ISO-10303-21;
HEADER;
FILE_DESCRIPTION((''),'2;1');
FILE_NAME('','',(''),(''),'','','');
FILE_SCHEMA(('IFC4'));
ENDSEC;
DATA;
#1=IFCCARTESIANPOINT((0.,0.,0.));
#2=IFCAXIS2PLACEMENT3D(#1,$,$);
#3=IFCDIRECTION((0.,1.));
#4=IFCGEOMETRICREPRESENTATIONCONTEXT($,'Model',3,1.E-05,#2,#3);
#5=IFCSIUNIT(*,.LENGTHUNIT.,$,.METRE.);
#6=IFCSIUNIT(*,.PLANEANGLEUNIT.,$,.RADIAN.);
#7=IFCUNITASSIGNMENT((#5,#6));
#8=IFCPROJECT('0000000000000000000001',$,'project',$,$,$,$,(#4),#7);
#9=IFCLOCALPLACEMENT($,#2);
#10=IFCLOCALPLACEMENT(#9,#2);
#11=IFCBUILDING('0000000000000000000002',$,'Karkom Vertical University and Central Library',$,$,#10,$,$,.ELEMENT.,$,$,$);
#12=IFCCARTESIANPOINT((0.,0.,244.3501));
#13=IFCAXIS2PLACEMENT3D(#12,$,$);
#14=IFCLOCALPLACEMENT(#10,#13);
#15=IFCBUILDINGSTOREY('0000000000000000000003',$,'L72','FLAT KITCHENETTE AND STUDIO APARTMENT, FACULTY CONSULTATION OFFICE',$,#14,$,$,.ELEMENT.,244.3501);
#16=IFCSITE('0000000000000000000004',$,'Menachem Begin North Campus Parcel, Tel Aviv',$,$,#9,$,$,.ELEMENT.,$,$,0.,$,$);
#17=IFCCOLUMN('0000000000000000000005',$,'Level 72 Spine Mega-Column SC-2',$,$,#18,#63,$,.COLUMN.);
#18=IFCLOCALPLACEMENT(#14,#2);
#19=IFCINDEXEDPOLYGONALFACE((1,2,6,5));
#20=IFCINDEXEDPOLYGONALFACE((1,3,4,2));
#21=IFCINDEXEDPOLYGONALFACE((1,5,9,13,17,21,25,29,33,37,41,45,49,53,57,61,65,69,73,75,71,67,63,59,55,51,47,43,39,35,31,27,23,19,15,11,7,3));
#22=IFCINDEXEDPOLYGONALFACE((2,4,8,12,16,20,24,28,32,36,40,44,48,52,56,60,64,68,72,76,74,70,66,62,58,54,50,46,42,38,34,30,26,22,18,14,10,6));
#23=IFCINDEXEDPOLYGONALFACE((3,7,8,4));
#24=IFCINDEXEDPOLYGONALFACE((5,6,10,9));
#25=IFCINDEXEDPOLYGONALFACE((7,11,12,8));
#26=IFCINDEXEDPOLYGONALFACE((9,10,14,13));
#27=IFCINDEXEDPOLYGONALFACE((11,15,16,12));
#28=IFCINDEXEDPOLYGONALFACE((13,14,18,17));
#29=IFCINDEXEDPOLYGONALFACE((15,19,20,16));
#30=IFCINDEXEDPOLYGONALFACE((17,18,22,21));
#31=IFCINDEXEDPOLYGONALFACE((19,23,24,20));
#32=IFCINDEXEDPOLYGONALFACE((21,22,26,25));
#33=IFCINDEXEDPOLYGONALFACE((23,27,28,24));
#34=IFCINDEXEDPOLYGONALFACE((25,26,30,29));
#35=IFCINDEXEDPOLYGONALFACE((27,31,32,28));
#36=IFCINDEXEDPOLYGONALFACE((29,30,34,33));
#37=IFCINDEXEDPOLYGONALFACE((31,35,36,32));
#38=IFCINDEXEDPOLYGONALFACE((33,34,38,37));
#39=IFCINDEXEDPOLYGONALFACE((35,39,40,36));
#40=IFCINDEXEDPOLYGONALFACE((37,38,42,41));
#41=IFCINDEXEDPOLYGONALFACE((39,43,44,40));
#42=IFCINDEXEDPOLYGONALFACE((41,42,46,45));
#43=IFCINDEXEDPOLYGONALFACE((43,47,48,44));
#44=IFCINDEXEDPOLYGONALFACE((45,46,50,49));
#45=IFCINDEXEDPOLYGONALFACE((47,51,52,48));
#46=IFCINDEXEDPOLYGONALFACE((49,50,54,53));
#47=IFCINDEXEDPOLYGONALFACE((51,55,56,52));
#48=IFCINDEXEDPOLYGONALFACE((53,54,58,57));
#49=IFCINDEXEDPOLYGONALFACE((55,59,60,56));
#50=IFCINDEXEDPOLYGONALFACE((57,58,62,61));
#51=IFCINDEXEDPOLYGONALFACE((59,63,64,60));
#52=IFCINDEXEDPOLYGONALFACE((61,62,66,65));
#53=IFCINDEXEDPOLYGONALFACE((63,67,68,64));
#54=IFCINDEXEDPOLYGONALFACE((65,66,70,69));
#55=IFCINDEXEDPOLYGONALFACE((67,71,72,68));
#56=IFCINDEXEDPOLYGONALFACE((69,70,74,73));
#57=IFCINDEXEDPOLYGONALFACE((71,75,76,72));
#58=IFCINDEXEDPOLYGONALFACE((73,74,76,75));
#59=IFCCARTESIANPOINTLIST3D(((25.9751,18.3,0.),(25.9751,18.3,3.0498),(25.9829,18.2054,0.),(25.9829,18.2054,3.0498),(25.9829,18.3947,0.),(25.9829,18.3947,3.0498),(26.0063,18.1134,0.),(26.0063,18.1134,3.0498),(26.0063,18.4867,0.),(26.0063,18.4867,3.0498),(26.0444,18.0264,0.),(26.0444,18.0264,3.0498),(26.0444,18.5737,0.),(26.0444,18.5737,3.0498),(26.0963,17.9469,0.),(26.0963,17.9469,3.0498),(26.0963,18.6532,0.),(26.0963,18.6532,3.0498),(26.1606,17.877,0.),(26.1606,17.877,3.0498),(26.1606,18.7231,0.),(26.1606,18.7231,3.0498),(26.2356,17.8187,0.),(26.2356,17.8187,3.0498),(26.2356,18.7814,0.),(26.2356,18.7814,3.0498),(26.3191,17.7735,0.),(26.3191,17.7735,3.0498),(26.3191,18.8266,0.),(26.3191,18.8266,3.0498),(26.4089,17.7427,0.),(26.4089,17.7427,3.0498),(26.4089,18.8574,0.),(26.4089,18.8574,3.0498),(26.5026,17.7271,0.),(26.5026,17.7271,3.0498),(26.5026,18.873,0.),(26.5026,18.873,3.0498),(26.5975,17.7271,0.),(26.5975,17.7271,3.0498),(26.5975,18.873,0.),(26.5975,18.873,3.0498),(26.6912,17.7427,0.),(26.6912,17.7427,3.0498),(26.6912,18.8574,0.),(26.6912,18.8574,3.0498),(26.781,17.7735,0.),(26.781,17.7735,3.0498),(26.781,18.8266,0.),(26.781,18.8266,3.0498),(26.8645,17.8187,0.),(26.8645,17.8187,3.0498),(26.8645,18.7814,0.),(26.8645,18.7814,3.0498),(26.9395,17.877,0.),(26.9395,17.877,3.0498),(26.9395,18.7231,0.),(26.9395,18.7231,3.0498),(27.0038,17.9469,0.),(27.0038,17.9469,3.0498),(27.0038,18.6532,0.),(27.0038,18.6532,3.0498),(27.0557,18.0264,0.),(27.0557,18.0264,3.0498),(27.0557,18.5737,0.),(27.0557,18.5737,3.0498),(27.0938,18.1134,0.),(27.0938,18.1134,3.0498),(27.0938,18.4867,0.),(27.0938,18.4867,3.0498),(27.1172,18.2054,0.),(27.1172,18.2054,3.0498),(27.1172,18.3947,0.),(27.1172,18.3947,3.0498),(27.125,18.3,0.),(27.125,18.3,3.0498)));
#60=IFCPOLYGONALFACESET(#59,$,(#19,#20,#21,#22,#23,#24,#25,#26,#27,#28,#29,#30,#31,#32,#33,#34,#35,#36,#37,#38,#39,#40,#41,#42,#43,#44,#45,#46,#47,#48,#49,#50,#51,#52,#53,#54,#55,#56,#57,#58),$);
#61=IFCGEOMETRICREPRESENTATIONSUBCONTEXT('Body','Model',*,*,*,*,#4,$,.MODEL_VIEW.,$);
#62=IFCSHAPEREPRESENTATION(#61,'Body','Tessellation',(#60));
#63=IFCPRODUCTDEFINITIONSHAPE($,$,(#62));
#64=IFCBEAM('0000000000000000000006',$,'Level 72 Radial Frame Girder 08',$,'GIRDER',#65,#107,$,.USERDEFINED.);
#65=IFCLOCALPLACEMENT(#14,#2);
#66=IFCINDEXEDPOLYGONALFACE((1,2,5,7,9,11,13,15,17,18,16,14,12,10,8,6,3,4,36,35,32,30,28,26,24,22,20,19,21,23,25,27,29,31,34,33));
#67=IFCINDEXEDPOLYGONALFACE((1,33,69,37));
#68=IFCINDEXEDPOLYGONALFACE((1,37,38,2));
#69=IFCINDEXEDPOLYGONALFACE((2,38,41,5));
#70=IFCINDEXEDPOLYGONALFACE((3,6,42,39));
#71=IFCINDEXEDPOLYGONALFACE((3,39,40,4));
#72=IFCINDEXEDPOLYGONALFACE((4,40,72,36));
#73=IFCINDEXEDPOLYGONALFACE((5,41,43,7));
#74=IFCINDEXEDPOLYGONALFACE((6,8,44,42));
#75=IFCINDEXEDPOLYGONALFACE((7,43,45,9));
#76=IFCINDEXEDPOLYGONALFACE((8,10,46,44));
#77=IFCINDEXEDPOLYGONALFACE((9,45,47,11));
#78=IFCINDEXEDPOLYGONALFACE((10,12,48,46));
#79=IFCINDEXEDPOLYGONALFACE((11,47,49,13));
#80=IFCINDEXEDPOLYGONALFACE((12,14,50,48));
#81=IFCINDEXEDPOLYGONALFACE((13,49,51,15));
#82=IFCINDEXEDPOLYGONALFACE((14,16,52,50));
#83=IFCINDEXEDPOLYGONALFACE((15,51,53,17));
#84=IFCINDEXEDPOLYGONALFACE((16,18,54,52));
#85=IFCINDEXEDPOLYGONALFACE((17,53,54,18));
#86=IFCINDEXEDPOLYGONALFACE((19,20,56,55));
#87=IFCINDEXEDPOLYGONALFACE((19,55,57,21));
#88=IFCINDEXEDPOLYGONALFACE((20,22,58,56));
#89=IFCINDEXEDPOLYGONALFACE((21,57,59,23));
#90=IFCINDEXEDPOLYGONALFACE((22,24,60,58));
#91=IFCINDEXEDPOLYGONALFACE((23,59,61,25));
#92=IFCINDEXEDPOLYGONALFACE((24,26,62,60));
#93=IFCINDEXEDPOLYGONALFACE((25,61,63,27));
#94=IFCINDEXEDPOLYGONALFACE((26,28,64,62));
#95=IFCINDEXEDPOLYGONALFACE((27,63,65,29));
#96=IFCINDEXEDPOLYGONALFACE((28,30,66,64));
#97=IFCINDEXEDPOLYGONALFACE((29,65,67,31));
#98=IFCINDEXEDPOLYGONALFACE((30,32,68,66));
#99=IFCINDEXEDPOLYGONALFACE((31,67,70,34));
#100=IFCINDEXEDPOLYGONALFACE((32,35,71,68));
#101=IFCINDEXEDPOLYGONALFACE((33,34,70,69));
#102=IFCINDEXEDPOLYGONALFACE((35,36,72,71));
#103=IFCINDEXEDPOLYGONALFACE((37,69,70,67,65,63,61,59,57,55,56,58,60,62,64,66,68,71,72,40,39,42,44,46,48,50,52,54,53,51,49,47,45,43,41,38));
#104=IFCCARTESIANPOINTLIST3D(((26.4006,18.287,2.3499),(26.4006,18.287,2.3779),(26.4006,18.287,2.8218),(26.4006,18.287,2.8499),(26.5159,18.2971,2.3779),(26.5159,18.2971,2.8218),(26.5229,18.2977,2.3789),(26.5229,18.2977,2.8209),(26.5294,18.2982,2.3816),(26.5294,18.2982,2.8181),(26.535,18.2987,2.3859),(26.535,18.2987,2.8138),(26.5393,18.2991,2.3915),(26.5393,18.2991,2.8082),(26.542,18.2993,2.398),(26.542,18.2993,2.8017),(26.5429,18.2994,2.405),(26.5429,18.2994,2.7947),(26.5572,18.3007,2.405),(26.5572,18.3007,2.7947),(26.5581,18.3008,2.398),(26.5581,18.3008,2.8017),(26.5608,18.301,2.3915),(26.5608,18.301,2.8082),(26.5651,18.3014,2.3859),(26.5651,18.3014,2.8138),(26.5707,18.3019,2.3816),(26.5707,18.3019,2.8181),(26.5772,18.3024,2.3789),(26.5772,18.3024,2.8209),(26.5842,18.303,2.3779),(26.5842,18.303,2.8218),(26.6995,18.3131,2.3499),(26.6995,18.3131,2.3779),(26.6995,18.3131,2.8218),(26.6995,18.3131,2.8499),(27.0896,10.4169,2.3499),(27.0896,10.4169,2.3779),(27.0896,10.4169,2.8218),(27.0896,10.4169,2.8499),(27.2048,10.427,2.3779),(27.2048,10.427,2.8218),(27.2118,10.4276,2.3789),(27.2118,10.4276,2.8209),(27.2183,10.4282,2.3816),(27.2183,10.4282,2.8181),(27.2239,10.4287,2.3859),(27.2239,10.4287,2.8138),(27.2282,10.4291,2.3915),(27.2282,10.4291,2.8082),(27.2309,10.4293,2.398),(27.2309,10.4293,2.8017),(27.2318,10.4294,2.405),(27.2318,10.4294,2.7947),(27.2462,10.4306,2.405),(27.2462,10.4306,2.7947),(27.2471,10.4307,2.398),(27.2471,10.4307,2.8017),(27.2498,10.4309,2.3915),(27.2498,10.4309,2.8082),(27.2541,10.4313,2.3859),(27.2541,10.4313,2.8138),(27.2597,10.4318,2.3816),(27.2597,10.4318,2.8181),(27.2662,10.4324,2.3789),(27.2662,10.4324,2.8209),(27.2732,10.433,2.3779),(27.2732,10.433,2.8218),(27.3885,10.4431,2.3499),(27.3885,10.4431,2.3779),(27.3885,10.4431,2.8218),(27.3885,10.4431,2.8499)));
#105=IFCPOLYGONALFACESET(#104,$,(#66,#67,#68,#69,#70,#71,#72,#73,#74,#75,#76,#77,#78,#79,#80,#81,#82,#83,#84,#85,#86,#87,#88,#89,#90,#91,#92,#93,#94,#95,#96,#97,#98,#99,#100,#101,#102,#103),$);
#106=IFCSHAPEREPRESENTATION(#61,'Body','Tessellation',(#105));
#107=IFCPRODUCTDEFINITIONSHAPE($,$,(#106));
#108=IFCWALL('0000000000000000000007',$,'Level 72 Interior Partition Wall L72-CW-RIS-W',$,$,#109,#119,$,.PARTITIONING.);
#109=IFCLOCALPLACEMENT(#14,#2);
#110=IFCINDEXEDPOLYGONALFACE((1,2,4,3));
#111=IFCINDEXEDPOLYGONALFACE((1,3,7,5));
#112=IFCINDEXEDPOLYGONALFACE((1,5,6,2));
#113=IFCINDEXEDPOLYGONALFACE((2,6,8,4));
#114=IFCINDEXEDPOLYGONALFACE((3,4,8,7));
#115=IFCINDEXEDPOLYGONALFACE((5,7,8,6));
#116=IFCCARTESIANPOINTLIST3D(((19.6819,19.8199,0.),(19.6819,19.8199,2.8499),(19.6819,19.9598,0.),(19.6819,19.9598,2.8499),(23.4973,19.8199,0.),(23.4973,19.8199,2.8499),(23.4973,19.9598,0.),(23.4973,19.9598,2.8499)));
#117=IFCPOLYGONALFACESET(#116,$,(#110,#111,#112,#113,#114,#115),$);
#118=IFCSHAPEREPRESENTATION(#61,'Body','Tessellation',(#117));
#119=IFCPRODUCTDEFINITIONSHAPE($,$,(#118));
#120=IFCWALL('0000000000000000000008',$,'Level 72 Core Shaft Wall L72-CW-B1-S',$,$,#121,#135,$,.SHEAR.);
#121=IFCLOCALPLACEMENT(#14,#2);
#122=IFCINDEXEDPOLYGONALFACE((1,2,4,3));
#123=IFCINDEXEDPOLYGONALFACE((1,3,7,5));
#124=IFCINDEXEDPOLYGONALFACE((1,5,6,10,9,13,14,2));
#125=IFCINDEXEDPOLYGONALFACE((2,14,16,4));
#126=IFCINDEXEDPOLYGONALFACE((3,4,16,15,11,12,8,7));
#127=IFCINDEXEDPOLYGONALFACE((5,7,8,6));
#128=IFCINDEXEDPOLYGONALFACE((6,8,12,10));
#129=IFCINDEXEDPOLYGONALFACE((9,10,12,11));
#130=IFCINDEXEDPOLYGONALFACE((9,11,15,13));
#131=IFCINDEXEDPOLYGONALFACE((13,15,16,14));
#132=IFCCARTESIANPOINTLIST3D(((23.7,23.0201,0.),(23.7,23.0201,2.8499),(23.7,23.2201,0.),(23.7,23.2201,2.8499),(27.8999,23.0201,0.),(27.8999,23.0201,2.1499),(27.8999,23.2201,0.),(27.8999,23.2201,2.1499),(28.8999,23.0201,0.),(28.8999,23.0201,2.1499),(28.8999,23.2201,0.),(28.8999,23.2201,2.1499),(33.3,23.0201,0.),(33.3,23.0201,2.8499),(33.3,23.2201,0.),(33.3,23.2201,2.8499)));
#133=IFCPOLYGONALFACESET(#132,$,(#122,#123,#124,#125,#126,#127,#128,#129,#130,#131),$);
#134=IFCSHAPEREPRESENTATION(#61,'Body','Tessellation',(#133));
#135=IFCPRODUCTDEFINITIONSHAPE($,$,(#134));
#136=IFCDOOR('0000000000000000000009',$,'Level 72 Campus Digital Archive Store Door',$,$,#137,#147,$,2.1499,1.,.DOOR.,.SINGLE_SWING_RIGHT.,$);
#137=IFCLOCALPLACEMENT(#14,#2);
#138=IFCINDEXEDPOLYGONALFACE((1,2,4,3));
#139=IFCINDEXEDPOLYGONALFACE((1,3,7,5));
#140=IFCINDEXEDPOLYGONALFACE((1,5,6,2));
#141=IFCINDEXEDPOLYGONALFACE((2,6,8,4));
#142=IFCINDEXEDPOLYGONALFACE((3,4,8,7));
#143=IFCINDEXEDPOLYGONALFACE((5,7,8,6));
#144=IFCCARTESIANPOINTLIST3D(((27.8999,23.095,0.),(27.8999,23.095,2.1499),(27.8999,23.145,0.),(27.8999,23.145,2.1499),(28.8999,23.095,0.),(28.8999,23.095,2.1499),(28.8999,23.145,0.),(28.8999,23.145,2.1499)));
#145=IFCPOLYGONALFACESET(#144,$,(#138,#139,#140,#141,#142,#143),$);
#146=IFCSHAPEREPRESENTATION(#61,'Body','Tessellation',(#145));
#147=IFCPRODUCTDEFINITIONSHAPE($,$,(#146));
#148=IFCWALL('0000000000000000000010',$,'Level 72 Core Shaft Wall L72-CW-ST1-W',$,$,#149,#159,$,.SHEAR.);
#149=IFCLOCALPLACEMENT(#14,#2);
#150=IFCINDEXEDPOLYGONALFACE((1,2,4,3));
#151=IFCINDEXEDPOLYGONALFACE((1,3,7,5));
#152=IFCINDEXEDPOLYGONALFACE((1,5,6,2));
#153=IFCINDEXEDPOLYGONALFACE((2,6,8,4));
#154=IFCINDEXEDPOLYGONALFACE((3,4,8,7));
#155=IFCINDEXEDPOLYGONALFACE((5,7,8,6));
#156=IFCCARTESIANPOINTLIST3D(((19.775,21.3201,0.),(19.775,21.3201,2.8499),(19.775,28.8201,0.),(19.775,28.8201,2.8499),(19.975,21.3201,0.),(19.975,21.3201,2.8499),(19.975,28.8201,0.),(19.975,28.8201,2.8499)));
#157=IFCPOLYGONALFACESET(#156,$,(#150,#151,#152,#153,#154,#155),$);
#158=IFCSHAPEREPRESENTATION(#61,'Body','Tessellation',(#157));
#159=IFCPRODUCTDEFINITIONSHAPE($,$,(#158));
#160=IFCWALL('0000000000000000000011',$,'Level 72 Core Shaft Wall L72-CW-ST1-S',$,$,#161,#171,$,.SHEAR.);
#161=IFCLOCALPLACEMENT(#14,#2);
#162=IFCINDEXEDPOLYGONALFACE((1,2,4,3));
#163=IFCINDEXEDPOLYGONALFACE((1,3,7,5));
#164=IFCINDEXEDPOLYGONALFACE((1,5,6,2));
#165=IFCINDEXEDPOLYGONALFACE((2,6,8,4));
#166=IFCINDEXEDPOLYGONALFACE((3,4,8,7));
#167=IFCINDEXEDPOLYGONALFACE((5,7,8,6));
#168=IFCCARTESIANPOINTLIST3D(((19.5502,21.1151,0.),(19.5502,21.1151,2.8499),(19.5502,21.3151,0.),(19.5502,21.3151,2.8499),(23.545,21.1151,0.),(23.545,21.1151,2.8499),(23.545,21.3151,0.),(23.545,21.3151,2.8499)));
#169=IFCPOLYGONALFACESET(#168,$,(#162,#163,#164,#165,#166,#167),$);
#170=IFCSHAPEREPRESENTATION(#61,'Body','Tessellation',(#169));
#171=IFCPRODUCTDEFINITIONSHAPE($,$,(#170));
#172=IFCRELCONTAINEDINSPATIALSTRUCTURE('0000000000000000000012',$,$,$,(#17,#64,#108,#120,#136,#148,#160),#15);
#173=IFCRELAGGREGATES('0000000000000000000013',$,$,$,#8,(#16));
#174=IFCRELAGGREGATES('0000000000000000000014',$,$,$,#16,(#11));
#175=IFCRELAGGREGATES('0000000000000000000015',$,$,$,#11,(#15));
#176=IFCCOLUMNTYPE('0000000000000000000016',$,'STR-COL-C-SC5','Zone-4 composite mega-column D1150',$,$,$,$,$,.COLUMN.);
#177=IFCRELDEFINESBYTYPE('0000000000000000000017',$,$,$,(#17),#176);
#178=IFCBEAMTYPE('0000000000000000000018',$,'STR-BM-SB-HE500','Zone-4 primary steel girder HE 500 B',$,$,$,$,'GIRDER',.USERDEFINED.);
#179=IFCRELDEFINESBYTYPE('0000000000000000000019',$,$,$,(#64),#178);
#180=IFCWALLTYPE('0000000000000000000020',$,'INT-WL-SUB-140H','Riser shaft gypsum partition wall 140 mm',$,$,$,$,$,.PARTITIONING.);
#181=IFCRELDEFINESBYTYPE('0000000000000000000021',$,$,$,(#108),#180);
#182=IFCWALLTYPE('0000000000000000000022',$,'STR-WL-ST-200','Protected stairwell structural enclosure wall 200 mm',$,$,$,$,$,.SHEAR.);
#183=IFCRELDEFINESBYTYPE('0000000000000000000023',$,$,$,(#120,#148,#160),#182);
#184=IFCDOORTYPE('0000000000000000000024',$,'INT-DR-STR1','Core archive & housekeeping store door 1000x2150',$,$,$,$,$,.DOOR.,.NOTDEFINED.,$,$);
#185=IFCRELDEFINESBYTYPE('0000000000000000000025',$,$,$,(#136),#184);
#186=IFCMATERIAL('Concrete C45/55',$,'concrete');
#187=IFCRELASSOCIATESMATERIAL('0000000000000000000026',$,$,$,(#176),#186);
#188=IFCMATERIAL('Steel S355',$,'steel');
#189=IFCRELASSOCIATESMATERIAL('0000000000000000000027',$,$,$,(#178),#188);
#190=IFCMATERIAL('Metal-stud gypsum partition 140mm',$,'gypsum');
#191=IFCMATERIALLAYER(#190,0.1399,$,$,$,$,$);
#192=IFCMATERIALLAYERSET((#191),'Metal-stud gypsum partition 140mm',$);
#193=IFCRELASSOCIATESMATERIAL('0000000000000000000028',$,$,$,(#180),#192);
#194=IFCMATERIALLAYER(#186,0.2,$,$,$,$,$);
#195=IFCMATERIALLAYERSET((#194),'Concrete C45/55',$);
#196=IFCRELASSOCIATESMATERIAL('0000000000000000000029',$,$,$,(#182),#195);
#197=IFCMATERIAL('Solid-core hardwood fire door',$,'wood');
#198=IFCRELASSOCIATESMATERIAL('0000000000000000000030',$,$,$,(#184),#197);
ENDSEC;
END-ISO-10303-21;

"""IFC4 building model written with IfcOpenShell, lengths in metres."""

from ifc_helpers import new_model, si_unit, direction, frame, frame_2d, origin, origin_with_axes, origin_2d, place, context, subcontext, project, spatial, rectangle, circle, i_section, extrude, source, transform, mapped, material, layer, layer_set, material_profile, profile_set, type_object, element, fill, save


model = new_model("IFC4")

# Units and contexts
model_context = context("Model", 3, precision=1e-05, world=origin(), true_north=direction((0.0, 1.0)))
body_context = subcontext(model_context, "Body", "Model", "MODEL_VIEW")
ifc_project = project(units=[si_unit("LENGTHUNIT", "METRE"), si_unit("PLANEANGLEUNIT", "RADIAN")], contexts=[model_context])

# Site, building, storey
site_placement = place(None, origin())
site = spatial("IfcSite", under=ifc_project, at=site_placement, Name="Menachem Begin North Campus Parcel, Tel Aviv", CompositionType="ELEMENT", RefElevation=0.0)
building_placement = place(site_placement, origin())
building = spatial("IfcBuilding", under=site, at=building_placement, Name="Karkom Vertical University and Central Library", CompositionType="ELEMENT")
storey_placement = place(building_placement, frame((0.0, 0.0, 244.3501)))
storey = spatial("IfcBuildingStorey", under=building, at=storey_placement, Name="L72", Description="FLAT KITCHENETTE AND STUDIO APARTMENT, FACULTY CONSULTATION OFFICE", CompositionType="ELEMENT", Elevation=244.3501)

# Column
ifc_material_1 = material(Name="Concrete C45/55", Category="concrete")
ifc_material_profile_1 = material_profile(ifc_material_1, circle(Radius=0.575, at=origin_2d()), Name="CFT-D1150")
ifc_profile_set_1 = profile_set([ifc_material_profile_1], Name="Concrete C45/55")
column_type = type_object("IfcColumnType", Name="STR-COL-C-SC5", Description="Zone-4 composite mega-column D1150", PredefinedType="COLUMN", material=ifc_profile_set_1)
shared_shape_1 = source(origin_with_axes(), body_context, "Body", "SweptSolid", [
    extrude(circle(Radius=0.575, at=origin_2d()), origin(), (0.0, 0.0, 1.0), 3.0498),
])
column_placement = place(storey_placement, frame((26.55, 18.3, 0.0), z_axis=(0.0, 0.0, 1.0), x_axis=(1.0, 0.0, 0.0)))
element("IfcColumn", 1, at=column_placement, inside=storey, type_object=column_type, Name="Level 72 Spine Mega-Column SC-2", PredefinedType="COLUMN", context=body_context, shape_type="MappedRepresentation", body=[
    mapped(shared_shape_1, transform((0.0, 0.0, 0.0), scale=1.0)),
])

# Beam
ifc_material_2 = material(Name="Steel S355", Category="steel")
ifc_material_profile_2 = material_profile(ifc_material_2, i_section(OverallWidth=0.3, OverallDepth=0.5, WebThickness=0.0144, FlangeThickness=0.0281, FilletRadius=0.0271, at=origin_2d()), Name="HE 500 B")
ifc_profile_set_2 = profile_set([ifc_material_profile_2], Name="Steel S355")
beam_type = type_object("IfcBeamType", Name="STR-BM-SB-HE500", Description="Zone-4 primary steel girder HE 500 B", ElementType="GIRDER", PredefinedType="USERDEFINED", material=ifc_profile_set_2)
shared_shape_2 = source(origin_with_axes(), body_context, "Body", "SweptSolid", [
    extrude(i_section(OverallWidth=0.3, OverallDepth=0.5, WebThickness=0.0144, FlangeThickness=0.0281, FilletRadius=0.0271, at=origin_2d()), origin(), (0.0, 0.0, 1.0), 7.9001),
])
beam_placement = place(storey_placement, frame((26.55, 18.3, 2.5999), z_axis=(0.087208, -0.99619, 0.0), x_axis=(0.99619, 0.087208, 0.0)))
element("IfcBeam", 2, at=beam_placement, inside=storey, type_object=beam_type, Name="Level 72 Radial Frame Girder 08", ObjectType="GIRDER", PredefinedType="USERDEFINED", context=body_context, shape_type="MappedRepresentation", body=[
    mapped(shared_shape_2, transform((0.0, 0.0, 0.0), scale=1.0)),
])

# Wall
ifc_material_3 = material(Name="Metal-stud gypsum partition 140mm", Category="gypsum")
ifc_layer_1 = layer(ifc_material_3, 0.1399)
ifc_layer_set_1 = layer_set([ifc_layer_1], Name="Metal-stud gypsum partition 140mm")
wall_type_1 = type_object("IfcWallType", Name="INT-WL-SUB-140H", Description="Riser shaft gypsum partition wall 140 mm", PredefinedType="PARTITIONING", material=ifc_layer_set_1)
wall_1_placement = place(storey_placement, frame((19.6819, 19.8899, 0.0), z_axis=(0.0, 0.0, 1.0), x_axis=(1.0, 0.0, 0.0)))
element("IfcWall", 3, at=wall_1_placement, inside=storey, type_object=wall_type_1, Name="Level 72 Interior Partition Wall L72-CW-RIS-W", PredefinedType="PARTITIONING", context=body_context, shape_type="SweptSolid", body=[
    extrude(rectangle(XDim=3.8154, YDim=0.1399, at=frame_2d((1.9077, 0.0))), origin(), (0.0, 0.0, 1.0), 2.8499),
])

# Shared definitions
ifc_layer_2 = layer(ifc_material_1, 0.2)
ifc_layer_set_2 = layer_set([ifc_layer_2], Name="Concrete C45/55")
wall_type_2 = type_object("IfcWallType", Name="STR-WL-ST-200", Description="Protected stairwell structural enclosure wall 200 mm", PredefinedType="SHEAR", material=ifc_layer_set_2)

# Wall, opening, door
wall_2_placement = place(storey_placement, frame((23.7, 23.1201, 0.0), z_axis=(0.0, 0.0, 1.0), x_axis=(1.0, 0.0, 0.0)))
wall_2 = element("IfcWall", 4, at=wall_2_placement, inside=storey, type_object=wall_type_2, Name="Level 72 Core Shaft Wall L72-CW-B1-S", PredefinedType="SHEAR", context=body_context, shape_type="SweptSolid", body=[
    extrude(rectangle(XDim=9.6001, YDim=0.2, at=frame_2d((4.8, 0.0))), origin(), (0.0, 0.0, 1.0), 2.8499),
])
opening_1_placement = place(wall_2_placement, frame((4.2, 0.0, 0.0)))
opening_1 = element("IfcOpeningElement", 5, at=opening_1_placement, cuts=wall_2, PredefinedType="OPENING", context=body_context, shape_type="SweptSolid", body=[
    extrude(rectangle(XDim=1.0, YDim=2.1499, at=frame_2d((0.5, 1.075))), frame((0.0, 0.1099, 0.0), z_axis=(0.0, -1.0, 0.0), x_axis=(1.0, 0.0, 0.0)), (0.0, 0.0, 1.0), 0.22),
])
ifc_material_4 = material(Name="Solid-core hardwood fire door", Category="wood")
door_type_1 = type_object("IfcDoorType", Name="INT-DR-STR1", Description="Core archive & housekeeping store door 1000x2150", OperationType="NOTDEFINED", PredefinedType="DOOR", material=ifc_material_4)
shared_shape_3 = source(origin_with_axes(), body_context, "Body", "SweptSolid", [
    extrude(rectangle(XDim=1.0, YDim=2.1499, at=frame_2d((0.5, 1.075))), frame((0.0, 0.0249, 0.0), z_axis=(0.0, -1.0, 0.0), x_axis=(1.0, 0.0, 0.0)), (0.0, 0.0, 1.0), 0.05),
])
door_1_placement = place(opening_1_placement, origin())
door_1 = element("IfcDoor", 6, at=door_1_placement, inside=storey, type_object=door_type_1, Name="Level 72 Campus Digital Archive Store Door", OperationType="SINGLE_SWING_RIGHT", OverallHeight=2.1499, OverallWidth=1.0, PredefinedType="DOOR", context=body_context, shape_type="MappedRepresentation", body=[
    mapped(shared_shape_3, transform((0.0, 0.0, 0.0), scale=1.0)),
])
fill(opening_1, door_1)

# Walls
wall_3_placement = place(storey_placement, frame((19.875, 21.3201, 0.0), z_axis=(0.0, 0.0, 1.0), x_axis=(0.0, 1.0, 0.0)))
element("IfcWall", 7, at=wall_3_placement, inside=storey, type_object=wall_type_2, Name="Level 72 Core Shaft Wall L72-CW-ST1-W", PredefinedType="SHEAR", context=body_context, shape_type="SweptSolid", body=[
    extrude(rectangle(XDim=7.5, YDim=0.2, at=frame_2d((3.75, 0.0))), origin(), (0.0, 0.0, 1.0), 2.8499),
])
wall_4_placement = place(storey_placement, frame((19.55, 21.2151, 0.0), z_axis=(0.0, 0.0, 1.0), x_axis=(1.0, 0.0, 0.0)))
element("IfcWall", 8, at=wall_4_placement, inside=storey, type_object=wall_type_2, Name="Level 72 Core Shaft Wall L72-CW-ST1-S", PredefinedType="SHEAR", context=body_context, shape_type="SweptSolid", body=[
    extrude(rectangle(XDim=3.9949, YDim=0.2, at=frame_2d((1.9976, 0.0))), origin(), (0.0, 0.0, 1.0), 2.8499),
])

save(model, "model.ifc")
